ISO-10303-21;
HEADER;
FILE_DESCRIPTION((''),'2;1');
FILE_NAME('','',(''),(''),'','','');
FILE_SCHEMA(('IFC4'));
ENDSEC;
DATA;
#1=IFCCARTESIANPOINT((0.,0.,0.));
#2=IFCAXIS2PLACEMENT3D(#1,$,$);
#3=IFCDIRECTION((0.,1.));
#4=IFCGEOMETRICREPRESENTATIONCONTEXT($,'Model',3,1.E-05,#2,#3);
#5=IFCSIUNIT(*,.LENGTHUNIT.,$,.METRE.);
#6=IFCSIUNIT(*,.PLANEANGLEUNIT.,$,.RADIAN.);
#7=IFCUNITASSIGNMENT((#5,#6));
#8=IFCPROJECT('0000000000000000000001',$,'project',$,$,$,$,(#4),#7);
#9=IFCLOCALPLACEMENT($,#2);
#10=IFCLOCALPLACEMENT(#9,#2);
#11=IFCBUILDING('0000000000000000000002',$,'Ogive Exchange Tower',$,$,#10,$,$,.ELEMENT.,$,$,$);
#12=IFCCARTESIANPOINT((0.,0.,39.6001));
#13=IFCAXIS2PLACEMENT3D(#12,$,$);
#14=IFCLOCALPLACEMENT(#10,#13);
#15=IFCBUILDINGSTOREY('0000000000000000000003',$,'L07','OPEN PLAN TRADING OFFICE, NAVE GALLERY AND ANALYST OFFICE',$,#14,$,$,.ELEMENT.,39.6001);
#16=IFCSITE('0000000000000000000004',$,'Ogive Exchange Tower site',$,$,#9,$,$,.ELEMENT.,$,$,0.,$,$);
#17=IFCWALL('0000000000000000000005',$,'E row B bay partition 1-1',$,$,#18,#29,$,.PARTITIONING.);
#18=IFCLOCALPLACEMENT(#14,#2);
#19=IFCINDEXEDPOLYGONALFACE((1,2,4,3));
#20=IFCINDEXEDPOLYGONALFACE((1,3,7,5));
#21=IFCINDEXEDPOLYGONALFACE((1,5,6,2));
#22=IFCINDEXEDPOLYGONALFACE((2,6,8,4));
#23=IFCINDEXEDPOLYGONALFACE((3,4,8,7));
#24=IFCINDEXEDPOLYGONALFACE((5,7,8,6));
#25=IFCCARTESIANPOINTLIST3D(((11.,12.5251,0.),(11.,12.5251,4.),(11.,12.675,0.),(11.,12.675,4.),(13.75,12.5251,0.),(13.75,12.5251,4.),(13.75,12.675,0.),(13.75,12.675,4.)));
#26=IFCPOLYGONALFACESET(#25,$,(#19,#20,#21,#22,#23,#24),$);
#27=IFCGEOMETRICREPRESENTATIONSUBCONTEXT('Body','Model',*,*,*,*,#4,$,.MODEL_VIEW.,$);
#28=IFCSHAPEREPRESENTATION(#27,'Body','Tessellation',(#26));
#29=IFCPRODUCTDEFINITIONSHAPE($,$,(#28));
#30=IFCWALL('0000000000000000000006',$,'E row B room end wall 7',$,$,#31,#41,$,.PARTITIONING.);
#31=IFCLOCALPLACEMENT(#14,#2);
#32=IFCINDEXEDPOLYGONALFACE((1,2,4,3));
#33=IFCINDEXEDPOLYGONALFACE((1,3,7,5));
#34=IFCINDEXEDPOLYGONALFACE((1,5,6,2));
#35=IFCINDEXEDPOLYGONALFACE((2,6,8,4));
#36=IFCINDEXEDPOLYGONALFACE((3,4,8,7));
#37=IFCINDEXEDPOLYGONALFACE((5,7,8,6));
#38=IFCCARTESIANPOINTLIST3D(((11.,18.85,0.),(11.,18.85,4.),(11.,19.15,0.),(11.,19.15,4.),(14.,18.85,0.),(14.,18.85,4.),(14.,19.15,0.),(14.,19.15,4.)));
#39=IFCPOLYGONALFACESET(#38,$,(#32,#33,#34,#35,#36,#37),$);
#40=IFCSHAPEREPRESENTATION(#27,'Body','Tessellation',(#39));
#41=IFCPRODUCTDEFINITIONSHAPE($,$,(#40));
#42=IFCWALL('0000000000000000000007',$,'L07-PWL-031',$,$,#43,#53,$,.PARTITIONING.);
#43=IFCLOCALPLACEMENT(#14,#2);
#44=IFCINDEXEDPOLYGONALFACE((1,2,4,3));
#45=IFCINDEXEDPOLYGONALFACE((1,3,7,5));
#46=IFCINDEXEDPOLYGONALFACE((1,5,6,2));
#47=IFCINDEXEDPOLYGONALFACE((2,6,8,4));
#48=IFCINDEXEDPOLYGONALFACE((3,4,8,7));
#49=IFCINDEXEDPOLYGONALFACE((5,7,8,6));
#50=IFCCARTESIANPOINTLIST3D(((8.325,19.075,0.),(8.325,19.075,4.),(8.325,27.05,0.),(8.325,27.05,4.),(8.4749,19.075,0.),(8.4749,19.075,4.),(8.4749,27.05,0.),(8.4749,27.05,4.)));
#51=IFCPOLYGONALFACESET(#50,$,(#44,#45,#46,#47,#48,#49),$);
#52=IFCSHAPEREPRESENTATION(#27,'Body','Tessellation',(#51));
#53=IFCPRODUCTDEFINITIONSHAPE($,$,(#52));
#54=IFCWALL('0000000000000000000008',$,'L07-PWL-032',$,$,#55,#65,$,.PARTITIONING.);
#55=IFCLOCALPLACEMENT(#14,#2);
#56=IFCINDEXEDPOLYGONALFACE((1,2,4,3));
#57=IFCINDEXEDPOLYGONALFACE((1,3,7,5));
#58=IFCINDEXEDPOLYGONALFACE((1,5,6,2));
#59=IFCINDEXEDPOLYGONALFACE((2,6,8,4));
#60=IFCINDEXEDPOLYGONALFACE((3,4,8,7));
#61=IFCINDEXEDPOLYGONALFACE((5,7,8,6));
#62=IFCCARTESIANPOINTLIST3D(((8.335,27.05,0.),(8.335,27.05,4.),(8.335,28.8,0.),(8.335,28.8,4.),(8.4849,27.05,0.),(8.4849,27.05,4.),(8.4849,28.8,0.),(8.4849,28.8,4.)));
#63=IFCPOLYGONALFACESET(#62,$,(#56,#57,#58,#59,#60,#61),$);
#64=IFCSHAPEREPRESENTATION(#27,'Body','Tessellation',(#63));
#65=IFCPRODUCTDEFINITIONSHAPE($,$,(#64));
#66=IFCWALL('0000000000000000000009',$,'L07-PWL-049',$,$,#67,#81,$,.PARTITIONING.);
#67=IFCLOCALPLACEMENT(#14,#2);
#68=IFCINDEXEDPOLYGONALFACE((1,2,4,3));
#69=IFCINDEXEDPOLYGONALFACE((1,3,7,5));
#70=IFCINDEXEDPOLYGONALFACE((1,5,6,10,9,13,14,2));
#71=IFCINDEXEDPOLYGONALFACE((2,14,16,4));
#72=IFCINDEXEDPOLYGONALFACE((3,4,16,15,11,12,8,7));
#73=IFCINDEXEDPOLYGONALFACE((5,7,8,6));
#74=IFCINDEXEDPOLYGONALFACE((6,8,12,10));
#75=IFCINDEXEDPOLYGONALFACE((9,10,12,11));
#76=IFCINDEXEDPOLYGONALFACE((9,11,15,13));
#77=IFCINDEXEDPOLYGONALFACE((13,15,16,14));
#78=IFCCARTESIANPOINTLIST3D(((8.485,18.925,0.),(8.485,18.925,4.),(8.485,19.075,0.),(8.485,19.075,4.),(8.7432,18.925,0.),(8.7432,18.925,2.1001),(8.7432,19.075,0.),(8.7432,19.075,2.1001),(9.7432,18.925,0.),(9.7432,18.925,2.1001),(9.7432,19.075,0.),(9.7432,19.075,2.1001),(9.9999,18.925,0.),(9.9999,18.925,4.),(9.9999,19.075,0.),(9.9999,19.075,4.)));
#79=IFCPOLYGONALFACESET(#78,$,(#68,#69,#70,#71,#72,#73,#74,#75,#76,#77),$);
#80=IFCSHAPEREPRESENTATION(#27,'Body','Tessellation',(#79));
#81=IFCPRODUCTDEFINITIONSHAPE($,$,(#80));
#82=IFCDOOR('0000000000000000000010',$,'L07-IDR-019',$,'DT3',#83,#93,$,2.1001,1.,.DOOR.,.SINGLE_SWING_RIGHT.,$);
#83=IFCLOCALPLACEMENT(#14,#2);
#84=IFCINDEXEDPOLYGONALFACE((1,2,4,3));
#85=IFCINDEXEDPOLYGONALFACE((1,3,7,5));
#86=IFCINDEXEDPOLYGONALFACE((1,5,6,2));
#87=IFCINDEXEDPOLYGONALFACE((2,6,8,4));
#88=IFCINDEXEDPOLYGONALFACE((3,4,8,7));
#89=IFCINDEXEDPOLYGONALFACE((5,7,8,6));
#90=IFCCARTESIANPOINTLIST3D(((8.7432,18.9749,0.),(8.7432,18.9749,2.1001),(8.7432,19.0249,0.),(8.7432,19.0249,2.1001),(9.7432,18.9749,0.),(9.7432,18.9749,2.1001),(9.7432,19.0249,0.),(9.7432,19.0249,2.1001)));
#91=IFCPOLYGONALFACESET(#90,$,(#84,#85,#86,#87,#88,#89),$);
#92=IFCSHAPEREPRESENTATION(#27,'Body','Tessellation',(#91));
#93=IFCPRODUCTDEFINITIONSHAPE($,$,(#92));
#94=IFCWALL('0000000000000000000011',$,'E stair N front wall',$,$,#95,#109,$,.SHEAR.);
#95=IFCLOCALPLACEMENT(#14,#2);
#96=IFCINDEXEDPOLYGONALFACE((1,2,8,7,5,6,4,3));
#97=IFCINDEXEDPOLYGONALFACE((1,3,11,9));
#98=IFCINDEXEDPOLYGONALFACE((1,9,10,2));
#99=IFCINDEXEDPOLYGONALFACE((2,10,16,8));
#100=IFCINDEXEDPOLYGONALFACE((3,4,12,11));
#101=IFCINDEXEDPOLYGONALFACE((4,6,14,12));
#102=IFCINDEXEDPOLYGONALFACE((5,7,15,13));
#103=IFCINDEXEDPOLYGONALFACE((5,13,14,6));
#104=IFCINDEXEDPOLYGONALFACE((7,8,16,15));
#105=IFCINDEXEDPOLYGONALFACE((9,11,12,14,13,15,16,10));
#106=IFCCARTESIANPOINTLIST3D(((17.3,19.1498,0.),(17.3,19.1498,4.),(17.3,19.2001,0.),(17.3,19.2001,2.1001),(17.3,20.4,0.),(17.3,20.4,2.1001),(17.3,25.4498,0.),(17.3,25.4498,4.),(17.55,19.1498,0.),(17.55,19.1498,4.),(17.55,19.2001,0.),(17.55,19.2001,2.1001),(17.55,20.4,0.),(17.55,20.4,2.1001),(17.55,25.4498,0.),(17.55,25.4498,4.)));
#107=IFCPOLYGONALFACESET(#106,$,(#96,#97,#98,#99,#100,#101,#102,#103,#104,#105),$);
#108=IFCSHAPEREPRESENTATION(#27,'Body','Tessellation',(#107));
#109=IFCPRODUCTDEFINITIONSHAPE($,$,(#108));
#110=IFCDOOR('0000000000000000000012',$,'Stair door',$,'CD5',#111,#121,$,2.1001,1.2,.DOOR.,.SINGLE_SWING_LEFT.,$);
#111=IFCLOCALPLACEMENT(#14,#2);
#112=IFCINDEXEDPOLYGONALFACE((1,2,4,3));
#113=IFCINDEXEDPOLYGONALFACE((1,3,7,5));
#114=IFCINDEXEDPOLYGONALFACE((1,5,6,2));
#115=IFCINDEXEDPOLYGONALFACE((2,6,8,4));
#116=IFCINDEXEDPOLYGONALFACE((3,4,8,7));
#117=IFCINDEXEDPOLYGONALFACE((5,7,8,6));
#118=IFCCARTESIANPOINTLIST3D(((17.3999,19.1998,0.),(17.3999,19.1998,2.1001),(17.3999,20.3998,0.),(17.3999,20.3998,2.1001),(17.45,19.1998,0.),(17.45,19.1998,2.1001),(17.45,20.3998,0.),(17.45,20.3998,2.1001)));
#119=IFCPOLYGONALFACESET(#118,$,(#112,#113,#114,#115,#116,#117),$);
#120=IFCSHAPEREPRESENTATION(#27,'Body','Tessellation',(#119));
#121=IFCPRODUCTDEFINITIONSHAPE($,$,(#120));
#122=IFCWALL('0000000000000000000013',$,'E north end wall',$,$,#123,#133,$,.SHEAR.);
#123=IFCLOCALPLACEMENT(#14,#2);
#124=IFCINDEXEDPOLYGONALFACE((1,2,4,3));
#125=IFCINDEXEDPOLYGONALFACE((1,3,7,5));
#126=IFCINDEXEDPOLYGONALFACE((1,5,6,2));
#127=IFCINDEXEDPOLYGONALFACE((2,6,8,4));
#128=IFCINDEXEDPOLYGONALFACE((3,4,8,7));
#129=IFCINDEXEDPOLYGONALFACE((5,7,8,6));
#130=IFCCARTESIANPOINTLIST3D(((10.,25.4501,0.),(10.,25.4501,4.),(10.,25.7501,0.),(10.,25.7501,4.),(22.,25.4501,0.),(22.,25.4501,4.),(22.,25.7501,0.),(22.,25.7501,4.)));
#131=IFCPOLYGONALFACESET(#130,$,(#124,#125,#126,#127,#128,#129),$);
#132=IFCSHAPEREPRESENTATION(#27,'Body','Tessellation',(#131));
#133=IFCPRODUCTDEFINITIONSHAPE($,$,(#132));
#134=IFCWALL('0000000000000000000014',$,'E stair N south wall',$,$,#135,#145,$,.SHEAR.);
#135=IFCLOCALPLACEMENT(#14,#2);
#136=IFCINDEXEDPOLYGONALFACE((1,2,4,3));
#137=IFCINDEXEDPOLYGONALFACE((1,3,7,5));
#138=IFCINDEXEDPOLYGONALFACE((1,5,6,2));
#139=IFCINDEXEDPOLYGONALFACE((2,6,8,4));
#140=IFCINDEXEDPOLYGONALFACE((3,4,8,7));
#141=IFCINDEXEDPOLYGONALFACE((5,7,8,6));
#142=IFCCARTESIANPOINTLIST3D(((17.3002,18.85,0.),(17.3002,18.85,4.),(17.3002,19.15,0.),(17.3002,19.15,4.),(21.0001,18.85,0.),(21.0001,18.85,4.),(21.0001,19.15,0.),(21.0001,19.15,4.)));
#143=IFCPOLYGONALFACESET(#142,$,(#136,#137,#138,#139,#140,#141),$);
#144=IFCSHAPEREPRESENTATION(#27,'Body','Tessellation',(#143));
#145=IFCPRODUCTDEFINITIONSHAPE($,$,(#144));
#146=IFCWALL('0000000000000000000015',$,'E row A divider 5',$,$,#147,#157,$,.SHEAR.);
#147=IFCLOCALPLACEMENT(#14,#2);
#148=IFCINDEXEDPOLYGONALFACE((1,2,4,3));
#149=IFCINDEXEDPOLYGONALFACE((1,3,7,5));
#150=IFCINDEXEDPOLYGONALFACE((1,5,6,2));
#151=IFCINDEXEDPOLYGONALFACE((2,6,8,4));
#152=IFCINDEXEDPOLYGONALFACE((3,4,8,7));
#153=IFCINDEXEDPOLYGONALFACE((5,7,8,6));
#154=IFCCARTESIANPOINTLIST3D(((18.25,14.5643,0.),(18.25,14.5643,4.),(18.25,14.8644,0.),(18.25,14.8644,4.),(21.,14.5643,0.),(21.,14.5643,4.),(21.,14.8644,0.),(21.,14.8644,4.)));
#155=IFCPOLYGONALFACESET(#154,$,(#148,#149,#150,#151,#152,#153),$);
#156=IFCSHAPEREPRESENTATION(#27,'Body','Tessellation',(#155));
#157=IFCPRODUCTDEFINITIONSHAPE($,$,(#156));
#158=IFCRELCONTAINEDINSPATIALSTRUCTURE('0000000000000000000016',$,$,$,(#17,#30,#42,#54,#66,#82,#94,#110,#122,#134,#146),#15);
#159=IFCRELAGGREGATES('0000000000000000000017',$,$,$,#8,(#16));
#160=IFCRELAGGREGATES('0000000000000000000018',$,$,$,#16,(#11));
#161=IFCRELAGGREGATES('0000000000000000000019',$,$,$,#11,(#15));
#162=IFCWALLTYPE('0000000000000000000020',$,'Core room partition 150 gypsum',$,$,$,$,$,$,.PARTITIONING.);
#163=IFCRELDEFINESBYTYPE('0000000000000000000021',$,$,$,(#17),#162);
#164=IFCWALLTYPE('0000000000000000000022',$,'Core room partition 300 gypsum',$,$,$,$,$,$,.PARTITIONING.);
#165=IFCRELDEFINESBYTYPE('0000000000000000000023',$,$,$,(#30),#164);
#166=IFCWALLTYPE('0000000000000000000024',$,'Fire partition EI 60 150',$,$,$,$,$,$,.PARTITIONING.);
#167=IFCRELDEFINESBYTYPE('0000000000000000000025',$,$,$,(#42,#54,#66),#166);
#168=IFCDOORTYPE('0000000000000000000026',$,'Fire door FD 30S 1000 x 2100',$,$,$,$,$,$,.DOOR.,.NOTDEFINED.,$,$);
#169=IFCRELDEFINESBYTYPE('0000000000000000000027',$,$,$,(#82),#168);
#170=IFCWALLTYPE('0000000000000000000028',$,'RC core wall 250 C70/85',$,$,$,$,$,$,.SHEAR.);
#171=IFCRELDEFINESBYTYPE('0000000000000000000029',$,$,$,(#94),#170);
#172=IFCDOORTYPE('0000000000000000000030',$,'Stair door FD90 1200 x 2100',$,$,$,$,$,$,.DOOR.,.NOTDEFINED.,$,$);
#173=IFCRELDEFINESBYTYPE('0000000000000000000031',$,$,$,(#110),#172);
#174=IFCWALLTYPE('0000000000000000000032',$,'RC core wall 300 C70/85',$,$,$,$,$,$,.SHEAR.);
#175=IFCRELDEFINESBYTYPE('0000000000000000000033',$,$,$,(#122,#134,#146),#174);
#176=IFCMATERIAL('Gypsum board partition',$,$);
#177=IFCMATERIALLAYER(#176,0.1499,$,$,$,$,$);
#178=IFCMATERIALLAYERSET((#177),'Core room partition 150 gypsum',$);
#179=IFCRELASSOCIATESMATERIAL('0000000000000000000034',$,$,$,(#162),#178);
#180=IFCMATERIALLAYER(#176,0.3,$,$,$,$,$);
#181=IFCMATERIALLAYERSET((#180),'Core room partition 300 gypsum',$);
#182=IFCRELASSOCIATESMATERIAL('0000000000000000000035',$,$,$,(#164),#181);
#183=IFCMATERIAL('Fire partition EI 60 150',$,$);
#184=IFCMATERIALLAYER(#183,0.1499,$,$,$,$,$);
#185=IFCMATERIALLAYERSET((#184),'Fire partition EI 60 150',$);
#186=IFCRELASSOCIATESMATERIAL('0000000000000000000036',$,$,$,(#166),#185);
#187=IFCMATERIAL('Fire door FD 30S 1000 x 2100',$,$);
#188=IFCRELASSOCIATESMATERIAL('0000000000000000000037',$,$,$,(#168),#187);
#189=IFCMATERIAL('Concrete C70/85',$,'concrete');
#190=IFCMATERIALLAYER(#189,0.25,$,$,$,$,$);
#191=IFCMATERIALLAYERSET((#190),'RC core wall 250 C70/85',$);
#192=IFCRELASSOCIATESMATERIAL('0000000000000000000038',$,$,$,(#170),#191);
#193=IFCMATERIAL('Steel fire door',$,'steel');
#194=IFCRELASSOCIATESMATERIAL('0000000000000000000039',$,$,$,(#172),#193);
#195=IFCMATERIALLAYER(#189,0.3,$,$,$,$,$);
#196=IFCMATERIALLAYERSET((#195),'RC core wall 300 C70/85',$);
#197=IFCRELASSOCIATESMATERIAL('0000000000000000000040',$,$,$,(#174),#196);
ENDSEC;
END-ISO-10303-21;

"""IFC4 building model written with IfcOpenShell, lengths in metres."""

from ifc_helpers import new_model, si_unit, direction, frame, frame_2d, origin, place, context, subcontext, project, spatial, rectangle, extrude, material, layer, layer_set, type_object, element, fill, save


model = new_model("IFC4")

# Units and contexts
model_context = context("Model", 3, precision=1e-05, world=origin(), true_north=direction((0.0, 1.0)))
body_context = subcontext(model_context, "Body", "Model", "MODEL_VIEW")
ifc_project = project(units=[si_unit("LENGTHUNIT", "METRE"), si_unit("PLANEANGLEUNIT", "RADIAN")], contexts=[model_context])

# Site, building, storey
site_placement = place(None, origin())
site = spatial("IfcSite", under=ifc_project, at=site_placement, Name="Ogive Exchange Tower site", CompositionType="ELEMENT", RefElevation=0.0)
building_placement = place(site_placement, origin())
building = spatial("IfcBuilding", under=site, at=building_placement, Name="Ogive Exchange Tower", CompositionType="ELEMENT")
storey_placement = place(building_placement, frame((0.0, 0.0, 39.6001)))
storey = spatial("IfcBuildingStorey", under=building, at=storey_placement, Name="L07", Description="OPEN PLAN TRADING OFFICE, NAVE GALLERY AND ANALYST OFFICE", CompositionType="ELEMENT", Elevation=39.6001)

# Walls
ifc_material_1 = material(Name="Gypsum board partition")
ifc_layer_1 = layer(ifc_material_1, 0.1499)
ifc_layer_set_1 = layer_set([ifc_layer_1], Name="Core room partition 150 gypsum")
wall_type_1 = type_object("IfcWallType", Name="Core room partition 150 gypsum", PredefinedType="PARTITIONING", material=ifc_layer_set_1)
wall_1_placement = place(storey_placement, frame((11.0, 12.6001, 0.0), z_axis=(0.0, 0.0, 1.0), x_axis=(1.0, 0.0, 0.0)))
element("IfcWall", 1, at=wall_1_placement, inside=storey, type_object=wall_type_1, Name="E row B bay partition 1-1", PredefinedType="PARTITIONING", context=body_context, shape_type="SweptSolid", body=[
    extrude(rectangle(XDim=2.75, YDim=0.1499, at=frame_2d((1.375, 0.0))), origin(), (0.0, 0.0, 1.0), 4.0),
])
ifc_layer_2 = layer(ifc_material_1, 0.3)
ifc_layer_set_2 = layer_set([ifc_layer_2], Name="Core room partition 300 gypsum")
wall_type_2 = type_object("IfcWallType", Name="Core room partition 300 gypsum", PredefinedType="PARTITIONING", material=ifc_layer_set_2)
wall_2_placement = place(storey_placement, frame((11.0, 19.0, 0.0), z_axis=(0.0, 0.0, 1.0), x_axis=(1.0, 0.0, 0.0)))
element("IfcWall", 2, at=wall_2_placement, inside=storey, type_object=wall_type_2, Name="E row B room end wall 7", PredefinedType="PARTITIONING", context=body_context, shape_type="SweptSolid", body=[
    extrude(rectangle(XDim=3.0, YDim=0.3, at=frame_2d((1.5, 0.0))), origin(), (0.0, 0.0, 1.0), 4.0),
])
ifc_material_2 = material(Name="Fire partition EI 60 150")
ifc_layer_3 = layer(ifc_material_2, 0.1499)
ifc_layer_set_3 = layer_set([ifc_layer_3], Name="Fire partition EI 60 150")
wall_type_3 = type_object("IfcWallType", Name="Fire partition EI 60 150", PredefinedType="PARTITIONING", material=ifc_layer_set_3)
wall_3_placement = place(storey_placement, frame((8.3999, 19.075, 0.0), z_axis=(0.0, 0.0, 1.0), x_axis=(0.0, 1.0, 0.0)))
element("IfcWall", 3, at=wall_3_placement, inside=storey, type_object=wall_type_3, Name="L07-PWL-031", PredefinedType="PARTITIONING", context=body_context, shape_type="SweptSolid", body=[
    extrude(rectangle(XDim=7.9751, YDim=0.1499, at=frame_2d((3.9875, 0.0))), origin(), (0.0, 0.0, 1.0), 4.0),
])
wall_4_placement = place(storey_placement, frame((8.4099, 27.05, 0.0), z_axis=(0.0, 0.0, 1.0), x_axis=(0.0, 1.0, 0.0)))
element("IfcWall", 4, at=wall_4_placement, inside=storey, type_object=wall_type_3, Name="L07-PWL-032", PredefinedType="PARTITIONING", context=body_context, shape_type="SweptSolid", body=[
    extrude(rectangle(XDim=1.75, YDim=0.1499, at=frame_2d((0.875, 0.0))), origin(), (0.0, 0.0, 1.0), 4.0),
])

# Walls, openings, doors
wall_5_placement = place(storey_placement, frame((8.4851, 19.0, 0.0), z_axis=(0.0, 0.0, 1.0), x_axis=(1.0, 0.0, 0.0)))
wall_5 = element("IfcWall", 5, at=wall_5_placement, inside=storey, type_object=wall_type_3, Name="L07-PWL-049", PredefinedType="PARTITIONING", context=body_context, shape_type="SweptSolid", body=[
    extrude(rectangle(XDim=1.5149, YDim=0.1499, at=frame_2d((0.7573, 0.0))), origin(), (0.0, 0.0, 1.0), 4.0),
])
opening_1_placement = place(wall_5_placement, frame((0.2581, 0.0, 0.0)))
opening_1 = element("IfcOpeningElement", 6, at=opening_1_placement, cuts=wall_5, PredefinedType="OPENING", context=body_context, shape_type="SweptSolid", body=[
    extrude(rectangle(XDim=1.0, YDim=2.1001, at=frame_2d((0.5, 1.05))), frame((0.0, 0.085, 0.0), z_axis=(0.0, -1.0, 0.0), x_axis=(1.0, 0.0, 0.0)), (0.0, 0.0, 1.0), 0.1699),
])
ifc_material_3 = material(Name="Fire door FD 30S 1000 x 2100")
door_type_1 = type_object("IfcDoorType", Name="Fire door FD 30S 1000 x 2100", OperationType="NOTDEFINED", PredefinedType="DOOR", material=ifc_material_3)
door_1_placement = place(opening_1_placement, origin())
door_1 = element("IfcDoor", 7, at=door_1_placement, inside=storey, type_object=door_type_1, Name="L07-IDR-019", ObjectType="DT3", OperationType="SINGLE_SWING_RIGHT", OverallHeight=2.1001, OverallWidth=1.0, PredefinedType="DOOR", context=body_context, shape_type="SweptSolid", body=[
    extrude(rectangle(XDim=1.0, YDim=2.1001, at=frame_2d((0.5, 1.05))), frame((0.0, 0.0249, 0.0), z_axis=(0.0, -1.0, 0.0), x_axis=(1.0, 0.0, 0.0)), (0.0, 0.0, 1.0), 0.05),
])
fill(opening_1, door_1)
ifc_material_4 = material(Name="Concrete C70/85", Category="concrete")
ifc_layer_4 = layer(ifc_material_4, 0.25)
ifc_layer_set_4 = layer_set([ifc_layer_4], Name="RC core wall 250 C70/85")
wall_type_4 = type_object("IfcWallType", Name="RC core wall 250 C70/85", PredefinedType="SHEAR", material=ifc_layer_set_4)
wall_6_placement = place(storey_placement, frame((17.425, 19.1499, 0.0), z_axis=(0.0, 0.0, 1.0), x_axis=(0.0, 1.0, 0.0)))
wall_6 = element("IfcWall", 8, at=wall_6_placement, inside=storey, type_object=wall_type_4, Name="E stair N front wall", PredefinedType="SHEAR", context=body_context, shape_type="SweptSolid", body=[
    extrude(rectangle(XDim=6.3, YDim=0.25, at=frame_2d((3.1499, 0.0))), origin(), (0.0, 0.0, 1.0), 4.0),
])
opening_2_placement = place(wall_6_placement, frame((0.05, 0.0, 0.0)))
opening_2 = element("IfcOpeningElement", 9, at=opening_2_placement, cuts=wall_6, PredefinedType="OPENING", context=body_context, shape_type="SweptSolid", body=[
    extrude(rectangle(XDim=1.2, YDim=2.1001, at=frame_2d((0.6001, 1.05))), frame((0.0, 0.135, 0.0), z_axis=(0.0, -1.0, 0.0), x_axis=(1.0, 0.0, 0.0)), (0.0, 0.0, 1.0), 0.27),
])
ifc_material_5 = material(Name="Steel fire door", Category="steel")
door_type_2 = type_object("IfcDoorType", Name="Stair door FD90 1200 x 2100", OperationType="NOTDEFINED", PredefinedType="DOOR", material=ifc_material_5)
door_2_placement = place(opening_2_placement, frame((1.2, 0.0, 0.0), z_axis=(0.0, 0.0, 1.0), x_axis=(-1.0, 0.0, 0.0)))
door_2 = element("IfcDoor", 10, at=door_2_placement, inside=storey, type_object=door_type_2, Name="Stair door", ObjectType="CD5", OperationType="SINGLE_SWING_LEFT", OverallHeight=2.1001, OverallWidth=1.2, PredefinedType="DOOR", context=body_context, shape_type="SweptSolid", body=[
    extrude(rectangle(XDim=1.2, YDim=2.1001, at=frame_2d((0.6001, 1.05))), frame((0.0, 0.0249, 0.0), z_axis=(0.0, -1.0, 0.0), x_axis=(1.0, 0.0, 0.0)), (0.0, 0.0, 1.0), 0.05),
])
fill(opening_2, door_2)

# Walls
ifc_layer_5 = layer(ifc_material_4, 0.3)
ifc_layer_set_5 = layer_set([ifc_layer_5], Name="RC core wall 300 C70/85")
wall_type_5 = type_object("IfcWallType", Name="RC core wall 300 C70/85", PredefinedType="SHEAR", material=ifc_layer_set_5)
wall_7_placement = place(storey_placement, frame((10.0, 25.6001, 0.0), z_axis=(0.0, 0.0, 1.0), x_axis=(1.0, 0.0, 0.0)))
element("IfcWall", 11, at=wall_7_placement, inside=storey, type_object=wall_type_5, Name="E north end wall", PredefinedType="SHEAR", context=body_context, shape_type="SweptSolid", body=[
    extrude(rectangle(XDim=12.0, YDim=0.3, at=frame_2d((6.0, 0.0))), origin(), (0.0, 0.0, 1.0), 4.0),
])
wall_8_placement = place(storey_placement, frame((17.3, 19.0, 0.0), z_axis=(0.0, 0.0, 1.0), x_axis=(1.0, 0.0, 0.0)))
element("IfcWall", 12, at=wall_8_placement, inside=storey, type_object=wall_type_5, Name="E stair N south wall", PredefinedType="SHEAR", context=body_context, shape_type="SweptSolid", body=[
    extrude(rectangle(XDim=3.7, YDim=0.3, at=frame_2d((1.8501, 0.0))), origin(), (0.0, 0.0, 1.0), 4.0),
])
wall_9_placement = place(storey_placement, frame((18.25, 14.7144, 0.0), z_axis=(0.0, 0.0, 1.0), x_axis=(1.0, 0.0, 0.0)))
element("IfcWall", 13, at=wall_9_placement, inside=storey, type_object=wall_type_5, Name="E row A divider 5", PredefinedType="SHEAR", context=body_context, shape_type="SweptSolid", body=[
    extrude(rectangle(XDim=2.75, YDim=0.3, at=frame_2d((1.375, 0.0))), origin(), (0.0, 0.0, 1.0), 4.0),
])

save(model, "model.ifc")
